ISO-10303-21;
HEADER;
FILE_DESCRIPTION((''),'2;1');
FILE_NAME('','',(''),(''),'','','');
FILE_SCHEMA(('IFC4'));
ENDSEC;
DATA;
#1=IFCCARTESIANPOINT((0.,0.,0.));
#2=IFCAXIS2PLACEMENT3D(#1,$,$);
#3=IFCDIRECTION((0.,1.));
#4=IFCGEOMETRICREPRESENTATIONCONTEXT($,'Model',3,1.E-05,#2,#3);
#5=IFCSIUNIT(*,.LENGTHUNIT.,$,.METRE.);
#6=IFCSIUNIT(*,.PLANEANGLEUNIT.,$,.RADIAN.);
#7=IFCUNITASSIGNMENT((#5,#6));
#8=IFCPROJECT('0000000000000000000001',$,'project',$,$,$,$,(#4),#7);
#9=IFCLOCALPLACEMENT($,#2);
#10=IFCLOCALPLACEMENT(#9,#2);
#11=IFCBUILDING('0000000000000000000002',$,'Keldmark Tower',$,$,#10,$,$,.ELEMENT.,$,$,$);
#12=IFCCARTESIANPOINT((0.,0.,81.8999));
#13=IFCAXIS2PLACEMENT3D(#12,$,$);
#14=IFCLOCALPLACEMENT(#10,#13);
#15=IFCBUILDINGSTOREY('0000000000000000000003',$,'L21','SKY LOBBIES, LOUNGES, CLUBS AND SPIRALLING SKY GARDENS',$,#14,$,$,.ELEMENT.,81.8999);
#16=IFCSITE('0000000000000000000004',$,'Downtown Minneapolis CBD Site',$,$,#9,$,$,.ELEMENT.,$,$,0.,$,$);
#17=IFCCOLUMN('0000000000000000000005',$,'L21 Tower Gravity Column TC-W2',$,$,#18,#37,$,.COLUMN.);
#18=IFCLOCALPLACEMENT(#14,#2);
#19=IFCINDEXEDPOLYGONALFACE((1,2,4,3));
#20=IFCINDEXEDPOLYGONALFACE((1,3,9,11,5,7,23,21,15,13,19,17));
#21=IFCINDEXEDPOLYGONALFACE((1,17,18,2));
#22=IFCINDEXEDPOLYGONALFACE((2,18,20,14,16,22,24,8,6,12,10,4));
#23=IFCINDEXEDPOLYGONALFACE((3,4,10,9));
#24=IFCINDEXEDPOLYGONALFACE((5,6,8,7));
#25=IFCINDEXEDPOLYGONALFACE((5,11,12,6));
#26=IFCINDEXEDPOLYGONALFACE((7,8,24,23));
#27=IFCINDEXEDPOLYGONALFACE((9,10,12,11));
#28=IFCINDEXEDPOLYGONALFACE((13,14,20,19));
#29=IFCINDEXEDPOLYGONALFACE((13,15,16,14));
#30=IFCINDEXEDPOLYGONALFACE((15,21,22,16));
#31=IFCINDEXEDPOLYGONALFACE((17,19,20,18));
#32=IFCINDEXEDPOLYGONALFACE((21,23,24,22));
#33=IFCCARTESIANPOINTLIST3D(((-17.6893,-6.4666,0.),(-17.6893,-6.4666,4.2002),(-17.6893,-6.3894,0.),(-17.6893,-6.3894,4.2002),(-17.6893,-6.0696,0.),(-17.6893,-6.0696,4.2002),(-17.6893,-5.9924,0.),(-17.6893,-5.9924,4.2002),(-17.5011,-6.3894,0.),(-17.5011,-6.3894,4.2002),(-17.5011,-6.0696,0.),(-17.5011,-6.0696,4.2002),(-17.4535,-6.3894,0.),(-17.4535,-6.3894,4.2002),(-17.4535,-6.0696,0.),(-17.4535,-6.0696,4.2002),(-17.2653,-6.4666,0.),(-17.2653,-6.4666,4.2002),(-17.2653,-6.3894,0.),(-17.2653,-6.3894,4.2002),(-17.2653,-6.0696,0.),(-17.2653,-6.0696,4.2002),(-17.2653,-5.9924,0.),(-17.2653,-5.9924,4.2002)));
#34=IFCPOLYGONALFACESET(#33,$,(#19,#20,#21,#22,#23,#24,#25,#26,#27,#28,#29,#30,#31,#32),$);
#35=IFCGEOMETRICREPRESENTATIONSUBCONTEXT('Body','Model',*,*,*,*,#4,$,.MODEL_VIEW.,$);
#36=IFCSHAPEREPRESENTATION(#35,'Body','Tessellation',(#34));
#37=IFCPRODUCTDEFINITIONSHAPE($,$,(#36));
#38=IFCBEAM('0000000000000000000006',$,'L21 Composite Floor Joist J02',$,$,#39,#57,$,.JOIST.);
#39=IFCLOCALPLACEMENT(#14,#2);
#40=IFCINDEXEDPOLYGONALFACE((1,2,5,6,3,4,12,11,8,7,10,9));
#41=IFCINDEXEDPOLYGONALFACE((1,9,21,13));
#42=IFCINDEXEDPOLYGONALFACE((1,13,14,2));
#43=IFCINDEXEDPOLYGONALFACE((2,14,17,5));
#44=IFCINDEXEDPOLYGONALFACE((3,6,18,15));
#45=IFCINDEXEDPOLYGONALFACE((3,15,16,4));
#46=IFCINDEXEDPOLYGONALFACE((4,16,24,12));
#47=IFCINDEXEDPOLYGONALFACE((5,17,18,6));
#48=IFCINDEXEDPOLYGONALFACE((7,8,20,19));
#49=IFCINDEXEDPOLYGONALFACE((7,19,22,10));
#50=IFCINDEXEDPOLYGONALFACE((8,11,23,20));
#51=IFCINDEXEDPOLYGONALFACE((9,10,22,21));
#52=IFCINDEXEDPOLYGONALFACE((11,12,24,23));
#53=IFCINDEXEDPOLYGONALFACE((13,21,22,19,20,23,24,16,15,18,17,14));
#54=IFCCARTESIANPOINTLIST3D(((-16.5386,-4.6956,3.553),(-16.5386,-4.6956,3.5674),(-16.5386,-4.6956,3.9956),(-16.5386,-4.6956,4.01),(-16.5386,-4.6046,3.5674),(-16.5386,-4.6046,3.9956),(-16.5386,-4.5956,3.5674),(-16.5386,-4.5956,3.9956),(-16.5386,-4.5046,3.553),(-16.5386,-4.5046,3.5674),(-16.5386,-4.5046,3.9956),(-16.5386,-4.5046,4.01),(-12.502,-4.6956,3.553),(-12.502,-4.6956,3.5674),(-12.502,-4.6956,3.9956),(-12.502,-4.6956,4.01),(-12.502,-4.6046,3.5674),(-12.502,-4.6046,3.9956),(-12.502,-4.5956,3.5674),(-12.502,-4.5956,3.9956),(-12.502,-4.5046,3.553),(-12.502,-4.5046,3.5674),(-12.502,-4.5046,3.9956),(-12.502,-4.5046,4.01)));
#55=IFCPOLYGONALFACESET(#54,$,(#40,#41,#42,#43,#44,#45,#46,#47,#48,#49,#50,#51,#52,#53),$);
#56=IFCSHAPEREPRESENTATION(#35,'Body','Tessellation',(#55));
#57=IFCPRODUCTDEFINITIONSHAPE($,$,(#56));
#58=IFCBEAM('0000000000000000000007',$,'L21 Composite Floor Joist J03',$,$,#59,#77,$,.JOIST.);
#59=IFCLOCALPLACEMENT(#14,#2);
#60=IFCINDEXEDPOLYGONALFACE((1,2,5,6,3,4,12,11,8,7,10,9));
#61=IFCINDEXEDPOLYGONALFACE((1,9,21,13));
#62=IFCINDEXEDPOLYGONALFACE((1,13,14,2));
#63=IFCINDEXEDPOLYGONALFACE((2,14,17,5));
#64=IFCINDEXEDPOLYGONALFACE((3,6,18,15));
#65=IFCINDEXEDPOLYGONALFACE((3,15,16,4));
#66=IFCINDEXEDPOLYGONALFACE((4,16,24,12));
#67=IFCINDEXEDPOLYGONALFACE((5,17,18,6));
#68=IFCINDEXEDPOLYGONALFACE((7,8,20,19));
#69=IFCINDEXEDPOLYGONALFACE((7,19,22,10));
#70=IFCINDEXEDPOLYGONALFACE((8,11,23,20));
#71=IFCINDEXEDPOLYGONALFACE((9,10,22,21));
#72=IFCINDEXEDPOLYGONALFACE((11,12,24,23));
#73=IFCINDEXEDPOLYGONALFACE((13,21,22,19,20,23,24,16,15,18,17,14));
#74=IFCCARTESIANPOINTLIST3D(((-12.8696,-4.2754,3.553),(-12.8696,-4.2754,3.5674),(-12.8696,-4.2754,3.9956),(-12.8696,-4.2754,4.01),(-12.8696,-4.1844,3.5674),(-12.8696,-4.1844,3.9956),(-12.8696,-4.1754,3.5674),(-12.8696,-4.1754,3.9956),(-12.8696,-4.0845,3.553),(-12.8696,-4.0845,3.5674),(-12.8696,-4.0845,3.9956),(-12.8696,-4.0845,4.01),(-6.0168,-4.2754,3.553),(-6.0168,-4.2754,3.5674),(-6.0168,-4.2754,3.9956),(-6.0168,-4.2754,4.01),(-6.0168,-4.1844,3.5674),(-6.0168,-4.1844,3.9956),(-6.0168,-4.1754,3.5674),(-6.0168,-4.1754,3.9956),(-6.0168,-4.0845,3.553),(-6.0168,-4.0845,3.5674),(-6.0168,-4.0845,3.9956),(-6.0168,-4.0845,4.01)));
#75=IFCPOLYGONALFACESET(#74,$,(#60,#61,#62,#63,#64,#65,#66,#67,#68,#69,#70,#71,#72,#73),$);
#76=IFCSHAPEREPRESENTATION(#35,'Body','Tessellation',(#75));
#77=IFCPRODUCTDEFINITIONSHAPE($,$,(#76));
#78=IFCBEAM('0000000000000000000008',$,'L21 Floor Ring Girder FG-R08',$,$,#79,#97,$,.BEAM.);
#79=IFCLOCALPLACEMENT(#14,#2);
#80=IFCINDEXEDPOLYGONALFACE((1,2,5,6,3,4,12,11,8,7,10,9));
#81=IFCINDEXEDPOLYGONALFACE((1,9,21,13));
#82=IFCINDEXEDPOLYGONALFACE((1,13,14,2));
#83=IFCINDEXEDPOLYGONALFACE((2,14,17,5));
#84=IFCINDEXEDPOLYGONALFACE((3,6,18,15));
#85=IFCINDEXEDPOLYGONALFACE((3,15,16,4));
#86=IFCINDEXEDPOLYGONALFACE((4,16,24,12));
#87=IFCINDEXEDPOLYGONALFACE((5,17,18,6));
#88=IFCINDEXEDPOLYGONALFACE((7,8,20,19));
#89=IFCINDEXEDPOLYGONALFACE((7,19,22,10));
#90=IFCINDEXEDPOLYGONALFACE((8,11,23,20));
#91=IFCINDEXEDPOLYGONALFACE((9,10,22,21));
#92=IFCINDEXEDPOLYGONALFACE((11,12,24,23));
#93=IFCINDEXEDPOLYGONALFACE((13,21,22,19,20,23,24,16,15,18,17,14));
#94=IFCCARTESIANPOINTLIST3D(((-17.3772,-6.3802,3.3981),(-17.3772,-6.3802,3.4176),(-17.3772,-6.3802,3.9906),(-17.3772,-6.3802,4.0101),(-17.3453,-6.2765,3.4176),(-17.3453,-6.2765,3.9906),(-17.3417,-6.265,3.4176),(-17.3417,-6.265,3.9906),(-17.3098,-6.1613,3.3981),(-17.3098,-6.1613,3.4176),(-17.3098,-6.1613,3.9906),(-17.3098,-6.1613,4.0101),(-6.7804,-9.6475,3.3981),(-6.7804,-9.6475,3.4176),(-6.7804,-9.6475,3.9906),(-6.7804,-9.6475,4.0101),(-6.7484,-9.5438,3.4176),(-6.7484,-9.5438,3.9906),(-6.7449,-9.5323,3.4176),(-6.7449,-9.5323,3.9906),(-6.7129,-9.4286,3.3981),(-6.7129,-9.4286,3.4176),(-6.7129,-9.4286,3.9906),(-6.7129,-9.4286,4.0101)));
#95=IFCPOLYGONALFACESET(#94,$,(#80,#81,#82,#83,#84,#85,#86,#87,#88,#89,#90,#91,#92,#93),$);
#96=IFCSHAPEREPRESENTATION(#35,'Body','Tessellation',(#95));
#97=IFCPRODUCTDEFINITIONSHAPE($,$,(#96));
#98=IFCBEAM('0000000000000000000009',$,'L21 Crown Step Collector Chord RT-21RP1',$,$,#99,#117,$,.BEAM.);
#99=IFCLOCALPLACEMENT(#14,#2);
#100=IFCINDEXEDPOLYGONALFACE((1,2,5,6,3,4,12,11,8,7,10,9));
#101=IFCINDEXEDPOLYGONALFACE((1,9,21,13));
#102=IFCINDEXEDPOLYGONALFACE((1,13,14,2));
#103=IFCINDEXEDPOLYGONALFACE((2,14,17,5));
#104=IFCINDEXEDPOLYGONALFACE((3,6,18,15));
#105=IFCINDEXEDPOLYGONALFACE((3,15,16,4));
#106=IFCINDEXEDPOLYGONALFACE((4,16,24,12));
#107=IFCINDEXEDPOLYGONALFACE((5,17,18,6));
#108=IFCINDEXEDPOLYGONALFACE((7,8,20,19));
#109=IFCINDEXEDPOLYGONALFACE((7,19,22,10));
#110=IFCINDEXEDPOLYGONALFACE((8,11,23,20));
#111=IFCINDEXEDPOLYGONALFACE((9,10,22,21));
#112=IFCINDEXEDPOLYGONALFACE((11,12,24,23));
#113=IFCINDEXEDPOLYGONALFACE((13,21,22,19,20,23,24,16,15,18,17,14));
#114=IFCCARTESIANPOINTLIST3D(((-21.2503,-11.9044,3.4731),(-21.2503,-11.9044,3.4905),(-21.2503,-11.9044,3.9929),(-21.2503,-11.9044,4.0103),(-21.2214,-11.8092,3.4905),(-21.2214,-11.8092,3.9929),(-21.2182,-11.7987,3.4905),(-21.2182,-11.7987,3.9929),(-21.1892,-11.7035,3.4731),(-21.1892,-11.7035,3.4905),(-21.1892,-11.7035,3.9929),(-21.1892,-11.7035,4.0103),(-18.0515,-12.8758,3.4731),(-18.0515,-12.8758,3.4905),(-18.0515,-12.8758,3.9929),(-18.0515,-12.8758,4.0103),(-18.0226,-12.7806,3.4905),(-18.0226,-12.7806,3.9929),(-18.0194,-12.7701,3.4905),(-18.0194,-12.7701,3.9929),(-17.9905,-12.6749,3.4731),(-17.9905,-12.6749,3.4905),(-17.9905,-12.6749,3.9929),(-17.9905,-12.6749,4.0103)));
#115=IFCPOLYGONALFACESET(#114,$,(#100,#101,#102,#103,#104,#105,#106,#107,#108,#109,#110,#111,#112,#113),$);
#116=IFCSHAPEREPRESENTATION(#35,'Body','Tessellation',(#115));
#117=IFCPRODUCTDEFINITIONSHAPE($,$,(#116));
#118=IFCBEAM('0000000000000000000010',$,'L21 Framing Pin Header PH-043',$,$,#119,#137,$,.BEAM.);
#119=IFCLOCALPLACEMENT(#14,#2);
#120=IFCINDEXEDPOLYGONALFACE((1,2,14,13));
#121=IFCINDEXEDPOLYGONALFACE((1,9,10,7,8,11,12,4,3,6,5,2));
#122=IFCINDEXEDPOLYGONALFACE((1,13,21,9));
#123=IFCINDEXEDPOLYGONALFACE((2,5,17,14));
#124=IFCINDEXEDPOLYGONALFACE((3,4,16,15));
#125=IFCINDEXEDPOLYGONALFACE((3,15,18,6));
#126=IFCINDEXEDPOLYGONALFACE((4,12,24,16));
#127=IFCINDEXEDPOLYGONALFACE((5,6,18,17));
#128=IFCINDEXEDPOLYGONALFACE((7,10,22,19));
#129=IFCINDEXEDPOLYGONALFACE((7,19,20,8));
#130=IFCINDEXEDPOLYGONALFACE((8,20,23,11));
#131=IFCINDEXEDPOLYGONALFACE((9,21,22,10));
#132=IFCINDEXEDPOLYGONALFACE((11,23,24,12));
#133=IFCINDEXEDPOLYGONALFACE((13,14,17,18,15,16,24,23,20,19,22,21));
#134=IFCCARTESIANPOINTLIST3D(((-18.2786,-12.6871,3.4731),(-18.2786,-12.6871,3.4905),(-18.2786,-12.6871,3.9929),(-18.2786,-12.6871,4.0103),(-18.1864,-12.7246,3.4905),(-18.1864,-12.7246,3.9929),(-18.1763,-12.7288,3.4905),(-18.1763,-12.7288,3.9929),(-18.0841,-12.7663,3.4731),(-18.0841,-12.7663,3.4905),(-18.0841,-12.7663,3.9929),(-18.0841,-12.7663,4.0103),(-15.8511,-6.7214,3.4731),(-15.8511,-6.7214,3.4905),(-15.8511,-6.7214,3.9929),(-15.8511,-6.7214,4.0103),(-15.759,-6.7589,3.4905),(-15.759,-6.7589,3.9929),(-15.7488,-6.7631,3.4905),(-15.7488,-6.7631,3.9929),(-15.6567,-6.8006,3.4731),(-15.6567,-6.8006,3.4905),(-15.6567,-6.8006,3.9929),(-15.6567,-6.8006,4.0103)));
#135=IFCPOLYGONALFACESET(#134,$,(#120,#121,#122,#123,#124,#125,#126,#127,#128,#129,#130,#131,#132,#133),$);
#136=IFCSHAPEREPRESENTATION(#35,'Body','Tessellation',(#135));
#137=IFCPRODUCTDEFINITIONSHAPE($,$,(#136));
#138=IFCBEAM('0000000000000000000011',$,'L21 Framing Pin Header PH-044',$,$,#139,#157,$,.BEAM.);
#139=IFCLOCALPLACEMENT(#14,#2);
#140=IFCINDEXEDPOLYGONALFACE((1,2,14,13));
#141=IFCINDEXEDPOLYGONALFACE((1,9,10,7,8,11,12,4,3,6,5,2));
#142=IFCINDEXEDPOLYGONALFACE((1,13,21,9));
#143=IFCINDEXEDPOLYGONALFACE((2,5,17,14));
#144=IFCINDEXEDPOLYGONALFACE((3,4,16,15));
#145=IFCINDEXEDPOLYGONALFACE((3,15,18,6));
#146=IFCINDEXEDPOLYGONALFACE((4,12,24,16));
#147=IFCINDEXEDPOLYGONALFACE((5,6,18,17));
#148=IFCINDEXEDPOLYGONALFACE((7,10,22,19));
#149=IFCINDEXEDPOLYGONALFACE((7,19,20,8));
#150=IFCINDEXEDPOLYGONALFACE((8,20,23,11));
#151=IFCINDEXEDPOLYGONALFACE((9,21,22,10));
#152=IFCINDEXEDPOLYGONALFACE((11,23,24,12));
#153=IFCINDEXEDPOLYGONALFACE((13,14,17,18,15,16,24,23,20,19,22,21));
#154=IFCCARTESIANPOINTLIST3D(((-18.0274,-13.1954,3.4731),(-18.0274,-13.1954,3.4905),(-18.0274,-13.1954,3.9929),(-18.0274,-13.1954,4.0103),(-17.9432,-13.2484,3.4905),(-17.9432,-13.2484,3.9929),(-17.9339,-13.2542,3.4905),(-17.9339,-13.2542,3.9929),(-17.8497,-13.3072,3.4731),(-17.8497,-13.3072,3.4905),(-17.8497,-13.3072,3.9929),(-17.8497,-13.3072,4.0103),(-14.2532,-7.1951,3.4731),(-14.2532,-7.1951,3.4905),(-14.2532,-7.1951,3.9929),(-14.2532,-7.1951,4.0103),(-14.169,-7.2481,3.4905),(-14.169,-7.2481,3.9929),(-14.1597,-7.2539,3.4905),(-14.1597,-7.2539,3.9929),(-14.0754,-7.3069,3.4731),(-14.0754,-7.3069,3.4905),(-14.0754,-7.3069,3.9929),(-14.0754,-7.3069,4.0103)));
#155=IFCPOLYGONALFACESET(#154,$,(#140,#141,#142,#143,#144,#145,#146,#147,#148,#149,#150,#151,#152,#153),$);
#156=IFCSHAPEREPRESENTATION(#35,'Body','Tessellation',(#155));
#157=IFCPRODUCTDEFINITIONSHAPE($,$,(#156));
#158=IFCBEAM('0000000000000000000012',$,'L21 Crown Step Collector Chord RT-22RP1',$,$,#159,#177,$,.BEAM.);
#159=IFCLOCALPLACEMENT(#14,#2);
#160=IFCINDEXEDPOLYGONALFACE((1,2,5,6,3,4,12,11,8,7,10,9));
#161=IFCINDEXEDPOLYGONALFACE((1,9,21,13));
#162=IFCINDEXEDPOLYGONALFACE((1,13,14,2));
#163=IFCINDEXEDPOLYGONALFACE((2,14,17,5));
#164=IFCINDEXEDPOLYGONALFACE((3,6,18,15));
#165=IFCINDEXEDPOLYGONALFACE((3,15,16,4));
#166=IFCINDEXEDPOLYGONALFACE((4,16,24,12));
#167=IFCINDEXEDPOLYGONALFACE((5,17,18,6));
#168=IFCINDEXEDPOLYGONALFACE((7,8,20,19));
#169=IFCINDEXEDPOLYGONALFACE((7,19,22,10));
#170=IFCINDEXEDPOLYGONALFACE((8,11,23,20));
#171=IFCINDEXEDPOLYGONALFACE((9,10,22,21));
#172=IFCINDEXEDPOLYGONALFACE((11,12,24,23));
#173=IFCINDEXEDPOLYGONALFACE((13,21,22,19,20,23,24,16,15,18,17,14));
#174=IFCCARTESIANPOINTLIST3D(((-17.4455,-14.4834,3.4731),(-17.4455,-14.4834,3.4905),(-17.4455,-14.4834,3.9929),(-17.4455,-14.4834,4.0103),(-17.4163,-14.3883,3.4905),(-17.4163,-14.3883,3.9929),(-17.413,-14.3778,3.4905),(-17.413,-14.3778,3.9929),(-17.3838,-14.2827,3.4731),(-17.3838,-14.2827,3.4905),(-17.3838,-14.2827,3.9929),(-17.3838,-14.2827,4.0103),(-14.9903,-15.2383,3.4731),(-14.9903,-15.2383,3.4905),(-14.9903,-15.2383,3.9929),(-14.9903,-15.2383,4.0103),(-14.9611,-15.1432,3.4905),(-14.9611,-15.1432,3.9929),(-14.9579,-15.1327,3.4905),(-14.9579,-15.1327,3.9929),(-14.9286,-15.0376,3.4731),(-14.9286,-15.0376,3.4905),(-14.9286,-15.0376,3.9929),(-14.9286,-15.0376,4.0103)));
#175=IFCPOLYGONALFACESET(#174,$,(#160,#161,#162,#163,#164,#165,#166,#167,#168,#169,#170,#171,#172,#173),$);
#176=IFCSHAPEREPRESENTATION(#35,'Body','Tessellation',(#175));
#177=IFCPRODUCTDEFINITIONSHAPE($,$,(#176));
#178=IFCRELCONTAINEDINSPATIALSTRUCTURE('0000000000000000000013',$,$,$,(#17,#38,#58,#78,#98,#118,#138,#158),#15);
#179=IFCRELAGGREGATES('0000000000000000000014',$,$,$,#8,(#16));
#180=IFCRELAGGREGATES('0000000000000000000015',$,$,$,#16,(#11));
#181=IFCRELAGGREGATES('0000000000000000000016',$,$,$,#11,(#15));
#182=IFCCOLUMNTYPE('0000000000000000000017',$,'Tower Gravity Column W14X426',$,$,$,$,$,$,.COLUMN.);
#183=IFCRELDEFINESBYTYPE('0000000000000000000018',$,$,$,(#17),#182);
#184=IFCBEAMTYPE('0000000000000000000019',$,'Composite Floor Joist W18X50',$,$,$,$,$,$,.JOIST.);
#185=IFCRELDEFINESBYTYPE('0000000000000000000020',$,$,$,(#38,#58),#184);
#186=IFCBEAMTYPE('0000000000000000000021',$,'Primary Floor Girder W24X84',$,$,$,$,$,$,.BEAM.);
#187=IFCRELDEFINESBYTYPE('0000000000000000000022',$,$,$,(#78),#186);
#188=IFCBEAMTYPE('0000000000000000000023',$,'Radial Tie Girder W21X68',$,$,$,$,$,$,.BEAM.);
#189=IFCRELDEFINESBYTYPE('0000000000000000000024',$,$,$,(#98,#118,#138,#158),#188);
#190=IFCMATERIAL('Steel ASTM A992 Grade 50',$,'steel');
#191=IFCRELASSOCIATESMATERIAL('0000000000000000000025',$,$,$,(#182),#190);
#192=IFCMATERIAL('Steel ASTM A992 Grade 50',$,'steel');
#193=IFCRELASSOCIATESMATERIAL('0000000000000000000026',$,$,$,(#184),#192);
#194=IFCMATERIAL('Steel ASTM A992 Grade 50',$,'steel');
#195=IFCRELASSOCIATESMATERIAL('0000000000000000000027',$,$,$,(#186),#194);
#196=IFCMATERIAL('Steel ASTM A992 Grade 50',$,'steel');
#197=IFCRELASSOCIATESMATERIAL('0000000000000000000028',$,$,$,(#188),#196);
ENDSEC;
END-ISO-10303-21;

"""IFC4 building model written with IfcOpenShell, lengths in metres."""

from ifc_helpers import new_model, si_unit, direction, frame, origin, origin_2d, place, context, subcontext, project, spatial, i_section, extrude, material, material_profile, profile_set, type_object, element, save


model = new_model("IFC4")

# Units and contexts
model_context = context("Model", 3, precision=1e-05, world=origin(), true_north=direction((0.0, 1.0)))
body_context = subcontext(model_context, "Body", "Model", "MODEL_VIEW")
ifc_project = project(units=[si_unit("LENGTHUNIT", "METRE"), si_unit("PLANEANGLEUNIT", "RADIAN")], contexts=[model_context])

# Site, building, storey
site_placement = place(None, origin())
site = spatial("IfcSite", under=ifc_project, at=site_placement, Name="Downtown Minneapolis CBD Site", CompositionType="ELEMENT", RefElevation=0.0)
building_placement = place(site_placement, origin())
building = spatial("IfcBuilding", under=site, at=building_placement, Name="Keldmark Tower", CompositionType="ELEMENT")
storey_placement = place(building_placement, frame((0.0, 0.0, 81.8999)))
storey = spatial("IfcBuildingStorey", under=building, at=storey_placement, Name="L21", Description="SKY LOBBIES, LOUNGES, CLUBS AND SPIRALLING SKY GARDENS", CompositionType="ELEMENT", Elevation=81.8999)

# Column
ifc_material_1 = material(Name="Steel ASTM A992 Grade 50", Category="steel")
ifc_material_profile_1 = material_profile(ifc_material_1, i_section(OverallWidth=0.4241, OverallDepth=0.4741, WebThickness=0.0476, FlangeThickness=0.0771, at=origin_2d()), Name="W14X426")
ifc_profile_set_1 = profile_set([ifc_material_profile_1], Name="Steel ASTM A992 Grade 50")
column_type = type_object("IfcColumnType", Name="Tower Gravity Column W14X426", PredefinedType="COLUMN", material=ifc_profile_set_1)
column_placement = place(storey_placement, frame((-17.4773, -6.2295, 0.0), z_axis=(0.0, 0.0, 1.0), x_axis=(1.0, 0.0, 0.0)))
element("IfcColumn", 1, at=column_placement, inside=storey, type_object=column_type, Name="L21 Tower Gravity Column TC-W2", PredefinedType="COLUMN", context=body_context, shape_type="SweptSolid", body=[
    extrude(i_section(OverallWidth=0.4241, OverallDepth=0.4741, WebThickness=0.0476, FlangeThickness=0.0771, at=origin_2d()), origin(), (0.0, 0.0, 1.0), 4.2002),
])

# Beams
ifc_material_2 = material(Name="Steel ASTM A992 Grade 50", Category="steel")
ifc_material_profile_2 = material_profile(ifc_material_2, i_section(OverallWidth=0.1909, OverallDepth=0.457, WebThickness=0.009, FlangeThickness=0.0144, at=origin_2d()), Name="W18X50")
ifc_profile_set_2 = profile_set([ifc_material_profile_2], Name="Steel ASTM A992 Grade 50")
beam_type_1 = type_object("IfcBeamType", Name="Composite Floor Joist W18X50", PredefinedType="JOIST", material=ifc_profile_set_2)
beam_1_placement = place(storey_placement, frame((-16.5386, -4.6001, 3.7815), z_axis=(1.0, 0.0, 0.0), x_axis=(0.0, 1.0, 0.0)))
element("IfcBeam", 2, at=beam_1_placement, inside=storey, type_object=beam_type_1, Name="L21 Composite Floor Joist J02", PredefinedType="JOIST", context=body_context, shape_type="SweptSolid", body=[
    extrude(i_section(OverallWidth=0.1909, OverallDepth=0.457, WebThickness=0.009, FlangeThickness=0.0144, at=origin_2d()), origin(), (0.0, 0.0, 1.0), 4.0366),
])
beam_2_placement = place(storey_placement, frame((-12.8696, -4.1799, 3.7815), z_axis=(1.0, 0.0, 0.0), x_axis=(0.0, 1.0, 0.0)))
element("IfcBeam", 3, at=beam_2_placement, inside=storey, type_object=beam_type_1, Name="L21 Composite Floor Joist J03", PredefinedType="JOIST", context=body_context, shape_type="SweptSolid", body=[
    extrude(i_section(OverallWidth=0.1909, OverallDepth=0.457, WebThickness=0.009, FlangeThickness=0.0144, at=origin_2d()), origin(), (0.0, 0.0, 1.0), 6.8528),
])
ifc_material_3 = material(Name="Steel ASTM A992 Grade 50", Category="steel")
ifc_material_profile_3 = material_profile(ifc_material_3, i_section(OverallWidth=0.229, OverallDepth=0.6121, WebThickness=0.012, FlangeThickness=0.0195, at=origin_2d()), Name="W24X84")
ifc_profile_set_3 = profile_set([ifc_material_profile_3], Name="Steel ASTM A992 Grade 50")
beam_type_2 = type_object("IfcBeamType", Name="Primary Floor Girder W24X84", PredefinedType="BEAM", material=ifc_profile_set_3)
beam_3_placement = place(storey_placement, frame((-17.3435, -6.2708, 3.7041), z_axis=(0.955608, -0.294641, 0.0), x_axis=(0.294641, 0.955608, 0.0)))
element("IfcBeam", 4, at=beam_3_placement, inside=storey, type_object=beam_type_2, Name="L21 Floor Ring Girder FG-R08", PredefinedType="BEAM", context=body_context, shape_type="SweptSolid", body=[
    extrude(i_section(OverallWidth=0.229, OverallDepth=0.6121, WebThickness=0.012, FlangeThickness=0.0195, at=origin_2d()), origin(), (0.0, 0.0, 1.0), 11.0891),
])
ifc_material_4 = material(Name="Steel ASTM A992 Grade 50", Category="steel")
ifc_material_profile_4 = material_profile(ifc_material_4, i_section(OverallWidth=0.21, OverallDepth=0.5371, WebThickness=0.011, FlangeThickness=0.0173, at=origin_2d()), Name="W21X68")
ifc_profile_set_4 = profile_set([ifc_material_profile_4], Name="Steel ASTM A992 Grade 50")
beam_type_3 = type_object("IfcBeamType", Name="Radial Tie Girder W21X68", PredefinedType="BEAM", material=ifc_profile_set_4)
beam_4_placement = place(storey_placement, frame((-18.021, -12.7754, 3.7417), z_axis=(-0.956848, 0.290589, 0.0), x_axis=(-0.290589, -0.956848, 0.0)))
element("IfcBeam", 5, at=beam_4_placement, inside=storey, type_object=beam_type_3, Name="L21 Crown Step Collector Chord RT-21RP1", PredefinedType="BEAM", context=body_context, shape_type="SweptSolid", body=[
    extrude(i_section(OverallWidth=0.21, OverallDepth=0.5371, WebThickness=0.011, FlangeThickness=0.0173, at=origin_2d()), origin(), (0.0, 0.0, 1.0), 3.343),
])
beam_5_placement = place(storey_placement, frame((-15.7539, -6.761, 3.7417), z_axis=(-0.376893, -0.926257, 0.0), x_axis=(0.926257, -0.376893, 0.0)))
element("IfcBeam", 6, at=beam_5_placement, inside=storey, type_object=beam_type_3, Name="L21 Framing Pin Header PH-043", PredefinedType="BEAM", context=body_context, shape_type="SweptSolid", body=[
    extrude(i_section(OverallWidth=0.21, OverallDepth=0.5371, WebThickness=0.011, FlangeThickness=0.0173, at=origin_2d()), origin(), (0.0, 0.0, 1.0), 6.4407),
])
beam_6_placement = place(storey_placement, frame((-14.1643, -7.251, 3.7417), z_axis=(-0.532433, -0.846472, 0.0), x_axis=(0.846472, -0.532433, 0.0)))
element("IfcBeam", 7, at=beam_6_placement, inside=storey, type_object=beam_type_3, Name="L21 Framing Pin Header PH-044", PredefinedType="BEAM", context=body_context, shape_type="SweptSolid", body=[
    extrude(i_section(OverallWidth=0.21, OverallDepth=0.5371, WebThickness=0.011, FlangeThickness=0.0173, at=origin_2d()), origin(), (0.0, 0.0, 1.0), 7.0886),
])
beam_7_placement = place(storey_placement, frame((-14.9595, -15.1379, 3.7417), z_axis=(-0.955837, 0.293899, 0.0), x_axis=(-0.293899, -0.955837, 0.0)))
element("IfcBeam", 8, at=beam_7_placement, inside=storey, type_object=beam_type_3, Name="L21 Crown Step Collector Chord RT-22RP1", PredefinedType="BEAM", context=body_context, shape_type="SweptSolid", body=[
    extrude(i_section(OverallWidth=0.21, OverallDepth=0.5371, WebThickness=0.011, FlangeThickness=0.0173, at=origin_2d()), origin(), (0.0, 0.0, 1.0), 2.5686),
])

save(model, "model.ifc")
